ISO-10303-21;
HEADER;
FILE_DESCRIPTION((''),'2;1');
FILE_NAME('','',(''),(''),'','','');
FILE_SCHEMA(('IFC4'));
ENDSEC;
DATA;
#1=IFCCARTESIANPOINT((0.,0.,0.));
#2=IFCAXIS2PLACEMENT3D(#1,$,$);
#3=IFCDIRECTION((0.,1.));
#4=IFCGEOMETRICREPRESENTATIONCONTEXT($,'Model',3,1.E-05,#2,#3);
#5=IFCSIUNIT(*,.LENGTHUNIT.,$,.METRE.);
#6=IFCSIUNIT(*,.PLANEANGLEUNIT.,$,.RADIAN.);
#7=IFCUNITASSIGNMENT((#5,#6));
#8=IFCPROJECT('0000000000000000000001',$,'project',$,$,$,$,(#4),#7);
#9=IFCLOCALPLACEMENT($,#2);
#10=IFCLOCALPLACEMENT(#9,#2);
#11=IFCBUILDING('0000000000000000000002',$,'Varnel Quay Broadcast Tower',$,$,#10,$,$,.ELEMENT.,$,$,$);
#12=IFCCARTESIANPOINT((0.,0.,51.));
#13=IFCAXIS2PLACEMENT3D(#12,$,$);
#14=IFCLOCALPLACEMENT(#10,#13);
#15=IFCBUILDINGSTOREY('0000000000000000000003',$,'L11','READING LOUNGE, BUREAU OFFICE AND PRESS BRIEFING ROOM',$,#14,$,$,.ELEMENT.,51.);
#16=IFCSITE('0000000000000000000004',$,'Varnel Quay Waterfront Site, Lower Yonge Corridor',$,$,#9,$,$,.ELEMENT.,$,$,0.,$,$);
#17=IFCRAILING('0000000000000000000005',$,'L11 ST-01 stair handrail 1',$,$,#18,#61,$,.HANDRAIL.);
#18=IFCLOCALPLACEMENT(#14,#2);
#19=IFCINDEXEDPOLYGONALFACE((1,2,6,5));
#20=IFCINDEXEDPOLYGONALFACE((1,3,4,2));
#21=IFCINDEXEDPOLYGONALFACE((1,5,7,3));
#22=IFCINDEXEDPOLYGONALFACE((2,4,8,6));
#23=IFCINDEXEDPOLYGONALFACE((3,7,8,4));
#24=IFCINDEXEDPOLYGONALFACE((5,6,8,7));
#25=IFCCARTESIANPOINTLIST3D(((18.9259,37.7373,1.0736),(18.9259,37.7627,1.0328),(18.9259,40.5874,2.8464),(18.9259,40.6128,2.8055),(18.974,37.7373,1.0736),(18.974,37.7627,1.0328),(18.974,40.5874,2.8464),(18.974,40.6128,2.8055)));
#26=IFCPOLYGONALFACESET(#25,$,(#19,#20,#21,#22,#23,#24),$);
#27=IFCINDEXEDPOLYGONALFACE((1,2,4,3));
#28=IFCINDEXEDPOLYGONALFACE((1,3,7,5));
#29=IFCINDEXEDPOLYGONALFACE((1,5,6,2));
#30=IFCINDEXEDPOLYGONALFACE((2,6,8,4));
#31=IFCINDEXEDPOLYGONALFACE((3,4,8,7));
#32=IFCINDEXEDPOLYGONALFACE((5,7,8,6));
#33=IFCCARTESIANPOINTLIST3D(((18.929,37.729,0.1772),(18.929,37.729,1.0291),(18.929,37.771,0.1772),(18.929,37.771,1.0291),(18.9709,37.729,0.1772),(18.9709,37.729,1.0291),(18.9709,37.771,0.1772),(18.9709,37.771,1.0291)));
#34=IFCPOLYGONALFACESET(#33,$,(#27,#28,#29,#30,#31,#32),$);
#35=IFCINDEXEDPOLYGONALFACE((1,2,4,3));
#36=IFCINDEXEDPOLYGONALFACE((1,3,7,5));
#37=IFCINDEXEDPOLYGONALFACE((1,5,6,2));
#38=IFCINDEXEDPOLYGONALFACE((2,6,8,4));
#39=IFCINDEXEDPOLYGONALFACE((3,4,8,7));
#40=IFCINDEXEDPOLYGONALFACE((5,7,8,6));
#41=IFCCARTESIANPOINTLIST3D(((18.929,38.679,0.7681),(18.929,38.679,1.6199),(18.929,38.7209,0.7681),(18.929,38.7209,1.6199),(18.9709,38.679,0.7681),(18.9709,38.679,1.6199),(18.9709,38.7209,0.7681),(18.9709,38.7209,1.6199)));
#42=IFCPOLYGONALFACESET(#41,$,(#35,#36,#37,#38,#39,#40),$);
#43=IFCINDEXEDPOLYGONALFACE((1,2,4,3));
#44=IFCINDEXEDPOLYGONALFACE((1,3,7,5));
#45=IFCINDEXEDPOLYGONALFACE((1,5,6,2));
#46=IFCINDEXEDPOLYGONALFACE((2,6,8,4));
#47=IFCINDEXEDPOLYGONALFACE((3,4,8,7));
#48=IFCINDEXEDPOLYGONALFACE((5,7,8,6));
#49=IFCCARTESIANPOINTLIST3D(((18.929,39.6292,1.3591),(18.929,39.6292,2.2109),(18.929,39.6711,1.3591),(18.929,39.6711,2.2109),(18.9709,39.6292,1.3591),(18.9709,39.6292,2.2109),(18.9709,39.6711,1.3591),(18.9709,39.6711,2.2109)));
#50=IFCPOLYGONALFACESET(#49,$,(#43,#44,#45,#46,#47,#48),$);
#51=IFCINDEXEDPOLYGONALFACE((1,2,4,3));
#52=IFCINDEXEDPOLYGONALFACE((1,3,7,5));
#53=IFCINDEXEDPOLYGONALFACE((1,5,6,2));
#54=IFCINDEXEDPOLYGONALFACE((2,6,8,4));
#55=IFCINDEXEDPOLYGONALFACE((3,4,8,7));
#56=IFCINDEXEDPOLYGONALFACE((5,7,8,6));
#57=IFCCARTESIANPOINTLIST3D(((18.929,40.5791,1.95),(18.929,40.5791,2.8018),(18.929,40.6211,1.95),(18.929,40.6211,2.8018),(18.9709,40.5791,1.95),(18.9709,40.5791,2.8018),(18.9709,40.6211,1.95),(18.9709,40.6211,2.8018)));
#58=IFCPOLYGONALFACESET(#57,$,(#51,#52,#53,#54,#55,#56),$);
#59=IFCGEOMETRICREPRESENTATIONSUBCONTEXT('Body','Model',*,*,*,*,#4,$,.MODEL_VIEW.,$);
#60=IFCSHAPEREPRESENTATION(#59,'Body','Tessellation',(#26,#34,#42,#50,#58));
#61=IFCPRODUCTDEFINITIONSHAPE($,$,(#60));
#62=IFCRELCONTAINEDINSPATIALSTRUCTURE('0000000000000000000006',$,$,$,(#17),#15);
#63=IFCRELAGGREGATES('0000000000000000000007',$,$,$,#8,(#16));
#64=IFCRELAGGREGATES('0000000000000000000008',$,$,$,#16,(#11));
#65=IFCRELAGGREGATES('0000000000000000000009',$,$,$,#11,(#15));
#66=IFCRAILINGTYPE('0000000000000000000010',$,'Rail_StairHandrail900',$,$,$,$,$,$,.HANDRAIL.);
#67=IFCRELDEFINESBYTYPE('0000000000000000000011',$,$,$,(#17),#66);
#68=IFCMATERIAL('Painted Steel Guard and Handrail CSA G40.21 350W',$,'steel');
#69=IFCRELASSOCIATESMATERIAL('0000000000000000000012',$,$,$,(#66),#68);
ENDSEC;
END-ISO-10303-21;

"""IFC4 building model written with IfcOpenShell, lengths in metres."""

from ifc_helpers import new_model, si_unit, direction, frame, origin, origin_2d, place, context, subcontext, project, spatial, rectangle, extrude, material, type_object, element, save


model = new_model("IFC4")

# Units and contexts
model_context = context("Model", 3, precision=1e-05, world=origin(), true_north=direction((0.0, 1.0)))
body_context = subcontext(model_context, "Body", "Model", "MODEL_VIEW")
ifc_project = project(units=[si_unit("LENGTHUNIT", "METRE"), si_unit("PLANEANGLEUNIT", "RADIAN")], contexts=[model_context])

# Site, building, storey
site_placement = place(None, origin())
site = spatial("IfcSite", under=ifc_project, at=site_placement, Name="Varnel Quay Waterfront Site, Lower Yonge Corridor", CompositionType="ELEMENT", RefElevation=0.0)
building_placement = place(site_placement, origin())
building = spatial("IfcBuilding", under=site, at=building_placement, Name="Varnel Quay Broadcast Tower", CompositionType="ELEMENT")
storey_placement = place(building_placement, frame((0.0, 0.0, 51.0)))
storey = spatial("IfcBuildingStorey", under=building, at=storey_placement, Name="L11", Description="READING LOUNGE, BUREAU OFFICE AND PRESS BRIEFING ROOM", CompositionType="ELEMENT", Elevation=51.0)

# Railing
ifc_material_1 = material(Name="Painted Steel Guard and Handrail CSA G40.21 350W", Category="steel")
railing_type_1 = type_object("IfcRailingType", Name="Rail_StairHandrail900", PredefinedType="HANDRAIL", material=ifc_material_1)
railing_1_placement = place(storey_placement, frame((18.95, 37.75, 0.1772)))
element("IfcRailing", 1, at=railing_1_placement, inside=storey, type_object=railing_type_1, Name="L11 ST-01 stair handrail 1", PredefinedType="HANDRAIL", context=body_context, shape_type="SweptSolid", body=[
    extrude(rectangle(XDim=0.0481, YDim=0.0481, at=origin_2d()), frame((0.0, 0.0, 0.876), z_axis=(0.0, 0.849149, 0.528154), x_axis=(-1.0, 0.0, 0.0)), (0.0, 0.0, 1.0), 3.3564),
    extrude(rectangle(XDim=0.042, YDim=0.042, at=origin_2d()), origin(), (0.0, 0.0, 1.0), 0.8518),
    extrude(rectangle(XDim=0.042, YDim=0.042, at=origin_2d()), frame((0.0, 0.95, 0.5908)), (0.0, 0.0, 1.0), 0.8518),
    extrude(rectangle(XDim=0.042, YDim=0.042, at=origin_2d()), frame((0.0, 1.9001, 1.1819)), (0.0, 0.0, 1.0), 0.8518),
    extrude(rectangle(XDim=0.042, YDim=0.042, at=origin_2d()), frame((0.0, 2.8501, 1.7727)), (0.0, 0.0, 1.0), 0.8518),
])

save(model, "model.ifc")
